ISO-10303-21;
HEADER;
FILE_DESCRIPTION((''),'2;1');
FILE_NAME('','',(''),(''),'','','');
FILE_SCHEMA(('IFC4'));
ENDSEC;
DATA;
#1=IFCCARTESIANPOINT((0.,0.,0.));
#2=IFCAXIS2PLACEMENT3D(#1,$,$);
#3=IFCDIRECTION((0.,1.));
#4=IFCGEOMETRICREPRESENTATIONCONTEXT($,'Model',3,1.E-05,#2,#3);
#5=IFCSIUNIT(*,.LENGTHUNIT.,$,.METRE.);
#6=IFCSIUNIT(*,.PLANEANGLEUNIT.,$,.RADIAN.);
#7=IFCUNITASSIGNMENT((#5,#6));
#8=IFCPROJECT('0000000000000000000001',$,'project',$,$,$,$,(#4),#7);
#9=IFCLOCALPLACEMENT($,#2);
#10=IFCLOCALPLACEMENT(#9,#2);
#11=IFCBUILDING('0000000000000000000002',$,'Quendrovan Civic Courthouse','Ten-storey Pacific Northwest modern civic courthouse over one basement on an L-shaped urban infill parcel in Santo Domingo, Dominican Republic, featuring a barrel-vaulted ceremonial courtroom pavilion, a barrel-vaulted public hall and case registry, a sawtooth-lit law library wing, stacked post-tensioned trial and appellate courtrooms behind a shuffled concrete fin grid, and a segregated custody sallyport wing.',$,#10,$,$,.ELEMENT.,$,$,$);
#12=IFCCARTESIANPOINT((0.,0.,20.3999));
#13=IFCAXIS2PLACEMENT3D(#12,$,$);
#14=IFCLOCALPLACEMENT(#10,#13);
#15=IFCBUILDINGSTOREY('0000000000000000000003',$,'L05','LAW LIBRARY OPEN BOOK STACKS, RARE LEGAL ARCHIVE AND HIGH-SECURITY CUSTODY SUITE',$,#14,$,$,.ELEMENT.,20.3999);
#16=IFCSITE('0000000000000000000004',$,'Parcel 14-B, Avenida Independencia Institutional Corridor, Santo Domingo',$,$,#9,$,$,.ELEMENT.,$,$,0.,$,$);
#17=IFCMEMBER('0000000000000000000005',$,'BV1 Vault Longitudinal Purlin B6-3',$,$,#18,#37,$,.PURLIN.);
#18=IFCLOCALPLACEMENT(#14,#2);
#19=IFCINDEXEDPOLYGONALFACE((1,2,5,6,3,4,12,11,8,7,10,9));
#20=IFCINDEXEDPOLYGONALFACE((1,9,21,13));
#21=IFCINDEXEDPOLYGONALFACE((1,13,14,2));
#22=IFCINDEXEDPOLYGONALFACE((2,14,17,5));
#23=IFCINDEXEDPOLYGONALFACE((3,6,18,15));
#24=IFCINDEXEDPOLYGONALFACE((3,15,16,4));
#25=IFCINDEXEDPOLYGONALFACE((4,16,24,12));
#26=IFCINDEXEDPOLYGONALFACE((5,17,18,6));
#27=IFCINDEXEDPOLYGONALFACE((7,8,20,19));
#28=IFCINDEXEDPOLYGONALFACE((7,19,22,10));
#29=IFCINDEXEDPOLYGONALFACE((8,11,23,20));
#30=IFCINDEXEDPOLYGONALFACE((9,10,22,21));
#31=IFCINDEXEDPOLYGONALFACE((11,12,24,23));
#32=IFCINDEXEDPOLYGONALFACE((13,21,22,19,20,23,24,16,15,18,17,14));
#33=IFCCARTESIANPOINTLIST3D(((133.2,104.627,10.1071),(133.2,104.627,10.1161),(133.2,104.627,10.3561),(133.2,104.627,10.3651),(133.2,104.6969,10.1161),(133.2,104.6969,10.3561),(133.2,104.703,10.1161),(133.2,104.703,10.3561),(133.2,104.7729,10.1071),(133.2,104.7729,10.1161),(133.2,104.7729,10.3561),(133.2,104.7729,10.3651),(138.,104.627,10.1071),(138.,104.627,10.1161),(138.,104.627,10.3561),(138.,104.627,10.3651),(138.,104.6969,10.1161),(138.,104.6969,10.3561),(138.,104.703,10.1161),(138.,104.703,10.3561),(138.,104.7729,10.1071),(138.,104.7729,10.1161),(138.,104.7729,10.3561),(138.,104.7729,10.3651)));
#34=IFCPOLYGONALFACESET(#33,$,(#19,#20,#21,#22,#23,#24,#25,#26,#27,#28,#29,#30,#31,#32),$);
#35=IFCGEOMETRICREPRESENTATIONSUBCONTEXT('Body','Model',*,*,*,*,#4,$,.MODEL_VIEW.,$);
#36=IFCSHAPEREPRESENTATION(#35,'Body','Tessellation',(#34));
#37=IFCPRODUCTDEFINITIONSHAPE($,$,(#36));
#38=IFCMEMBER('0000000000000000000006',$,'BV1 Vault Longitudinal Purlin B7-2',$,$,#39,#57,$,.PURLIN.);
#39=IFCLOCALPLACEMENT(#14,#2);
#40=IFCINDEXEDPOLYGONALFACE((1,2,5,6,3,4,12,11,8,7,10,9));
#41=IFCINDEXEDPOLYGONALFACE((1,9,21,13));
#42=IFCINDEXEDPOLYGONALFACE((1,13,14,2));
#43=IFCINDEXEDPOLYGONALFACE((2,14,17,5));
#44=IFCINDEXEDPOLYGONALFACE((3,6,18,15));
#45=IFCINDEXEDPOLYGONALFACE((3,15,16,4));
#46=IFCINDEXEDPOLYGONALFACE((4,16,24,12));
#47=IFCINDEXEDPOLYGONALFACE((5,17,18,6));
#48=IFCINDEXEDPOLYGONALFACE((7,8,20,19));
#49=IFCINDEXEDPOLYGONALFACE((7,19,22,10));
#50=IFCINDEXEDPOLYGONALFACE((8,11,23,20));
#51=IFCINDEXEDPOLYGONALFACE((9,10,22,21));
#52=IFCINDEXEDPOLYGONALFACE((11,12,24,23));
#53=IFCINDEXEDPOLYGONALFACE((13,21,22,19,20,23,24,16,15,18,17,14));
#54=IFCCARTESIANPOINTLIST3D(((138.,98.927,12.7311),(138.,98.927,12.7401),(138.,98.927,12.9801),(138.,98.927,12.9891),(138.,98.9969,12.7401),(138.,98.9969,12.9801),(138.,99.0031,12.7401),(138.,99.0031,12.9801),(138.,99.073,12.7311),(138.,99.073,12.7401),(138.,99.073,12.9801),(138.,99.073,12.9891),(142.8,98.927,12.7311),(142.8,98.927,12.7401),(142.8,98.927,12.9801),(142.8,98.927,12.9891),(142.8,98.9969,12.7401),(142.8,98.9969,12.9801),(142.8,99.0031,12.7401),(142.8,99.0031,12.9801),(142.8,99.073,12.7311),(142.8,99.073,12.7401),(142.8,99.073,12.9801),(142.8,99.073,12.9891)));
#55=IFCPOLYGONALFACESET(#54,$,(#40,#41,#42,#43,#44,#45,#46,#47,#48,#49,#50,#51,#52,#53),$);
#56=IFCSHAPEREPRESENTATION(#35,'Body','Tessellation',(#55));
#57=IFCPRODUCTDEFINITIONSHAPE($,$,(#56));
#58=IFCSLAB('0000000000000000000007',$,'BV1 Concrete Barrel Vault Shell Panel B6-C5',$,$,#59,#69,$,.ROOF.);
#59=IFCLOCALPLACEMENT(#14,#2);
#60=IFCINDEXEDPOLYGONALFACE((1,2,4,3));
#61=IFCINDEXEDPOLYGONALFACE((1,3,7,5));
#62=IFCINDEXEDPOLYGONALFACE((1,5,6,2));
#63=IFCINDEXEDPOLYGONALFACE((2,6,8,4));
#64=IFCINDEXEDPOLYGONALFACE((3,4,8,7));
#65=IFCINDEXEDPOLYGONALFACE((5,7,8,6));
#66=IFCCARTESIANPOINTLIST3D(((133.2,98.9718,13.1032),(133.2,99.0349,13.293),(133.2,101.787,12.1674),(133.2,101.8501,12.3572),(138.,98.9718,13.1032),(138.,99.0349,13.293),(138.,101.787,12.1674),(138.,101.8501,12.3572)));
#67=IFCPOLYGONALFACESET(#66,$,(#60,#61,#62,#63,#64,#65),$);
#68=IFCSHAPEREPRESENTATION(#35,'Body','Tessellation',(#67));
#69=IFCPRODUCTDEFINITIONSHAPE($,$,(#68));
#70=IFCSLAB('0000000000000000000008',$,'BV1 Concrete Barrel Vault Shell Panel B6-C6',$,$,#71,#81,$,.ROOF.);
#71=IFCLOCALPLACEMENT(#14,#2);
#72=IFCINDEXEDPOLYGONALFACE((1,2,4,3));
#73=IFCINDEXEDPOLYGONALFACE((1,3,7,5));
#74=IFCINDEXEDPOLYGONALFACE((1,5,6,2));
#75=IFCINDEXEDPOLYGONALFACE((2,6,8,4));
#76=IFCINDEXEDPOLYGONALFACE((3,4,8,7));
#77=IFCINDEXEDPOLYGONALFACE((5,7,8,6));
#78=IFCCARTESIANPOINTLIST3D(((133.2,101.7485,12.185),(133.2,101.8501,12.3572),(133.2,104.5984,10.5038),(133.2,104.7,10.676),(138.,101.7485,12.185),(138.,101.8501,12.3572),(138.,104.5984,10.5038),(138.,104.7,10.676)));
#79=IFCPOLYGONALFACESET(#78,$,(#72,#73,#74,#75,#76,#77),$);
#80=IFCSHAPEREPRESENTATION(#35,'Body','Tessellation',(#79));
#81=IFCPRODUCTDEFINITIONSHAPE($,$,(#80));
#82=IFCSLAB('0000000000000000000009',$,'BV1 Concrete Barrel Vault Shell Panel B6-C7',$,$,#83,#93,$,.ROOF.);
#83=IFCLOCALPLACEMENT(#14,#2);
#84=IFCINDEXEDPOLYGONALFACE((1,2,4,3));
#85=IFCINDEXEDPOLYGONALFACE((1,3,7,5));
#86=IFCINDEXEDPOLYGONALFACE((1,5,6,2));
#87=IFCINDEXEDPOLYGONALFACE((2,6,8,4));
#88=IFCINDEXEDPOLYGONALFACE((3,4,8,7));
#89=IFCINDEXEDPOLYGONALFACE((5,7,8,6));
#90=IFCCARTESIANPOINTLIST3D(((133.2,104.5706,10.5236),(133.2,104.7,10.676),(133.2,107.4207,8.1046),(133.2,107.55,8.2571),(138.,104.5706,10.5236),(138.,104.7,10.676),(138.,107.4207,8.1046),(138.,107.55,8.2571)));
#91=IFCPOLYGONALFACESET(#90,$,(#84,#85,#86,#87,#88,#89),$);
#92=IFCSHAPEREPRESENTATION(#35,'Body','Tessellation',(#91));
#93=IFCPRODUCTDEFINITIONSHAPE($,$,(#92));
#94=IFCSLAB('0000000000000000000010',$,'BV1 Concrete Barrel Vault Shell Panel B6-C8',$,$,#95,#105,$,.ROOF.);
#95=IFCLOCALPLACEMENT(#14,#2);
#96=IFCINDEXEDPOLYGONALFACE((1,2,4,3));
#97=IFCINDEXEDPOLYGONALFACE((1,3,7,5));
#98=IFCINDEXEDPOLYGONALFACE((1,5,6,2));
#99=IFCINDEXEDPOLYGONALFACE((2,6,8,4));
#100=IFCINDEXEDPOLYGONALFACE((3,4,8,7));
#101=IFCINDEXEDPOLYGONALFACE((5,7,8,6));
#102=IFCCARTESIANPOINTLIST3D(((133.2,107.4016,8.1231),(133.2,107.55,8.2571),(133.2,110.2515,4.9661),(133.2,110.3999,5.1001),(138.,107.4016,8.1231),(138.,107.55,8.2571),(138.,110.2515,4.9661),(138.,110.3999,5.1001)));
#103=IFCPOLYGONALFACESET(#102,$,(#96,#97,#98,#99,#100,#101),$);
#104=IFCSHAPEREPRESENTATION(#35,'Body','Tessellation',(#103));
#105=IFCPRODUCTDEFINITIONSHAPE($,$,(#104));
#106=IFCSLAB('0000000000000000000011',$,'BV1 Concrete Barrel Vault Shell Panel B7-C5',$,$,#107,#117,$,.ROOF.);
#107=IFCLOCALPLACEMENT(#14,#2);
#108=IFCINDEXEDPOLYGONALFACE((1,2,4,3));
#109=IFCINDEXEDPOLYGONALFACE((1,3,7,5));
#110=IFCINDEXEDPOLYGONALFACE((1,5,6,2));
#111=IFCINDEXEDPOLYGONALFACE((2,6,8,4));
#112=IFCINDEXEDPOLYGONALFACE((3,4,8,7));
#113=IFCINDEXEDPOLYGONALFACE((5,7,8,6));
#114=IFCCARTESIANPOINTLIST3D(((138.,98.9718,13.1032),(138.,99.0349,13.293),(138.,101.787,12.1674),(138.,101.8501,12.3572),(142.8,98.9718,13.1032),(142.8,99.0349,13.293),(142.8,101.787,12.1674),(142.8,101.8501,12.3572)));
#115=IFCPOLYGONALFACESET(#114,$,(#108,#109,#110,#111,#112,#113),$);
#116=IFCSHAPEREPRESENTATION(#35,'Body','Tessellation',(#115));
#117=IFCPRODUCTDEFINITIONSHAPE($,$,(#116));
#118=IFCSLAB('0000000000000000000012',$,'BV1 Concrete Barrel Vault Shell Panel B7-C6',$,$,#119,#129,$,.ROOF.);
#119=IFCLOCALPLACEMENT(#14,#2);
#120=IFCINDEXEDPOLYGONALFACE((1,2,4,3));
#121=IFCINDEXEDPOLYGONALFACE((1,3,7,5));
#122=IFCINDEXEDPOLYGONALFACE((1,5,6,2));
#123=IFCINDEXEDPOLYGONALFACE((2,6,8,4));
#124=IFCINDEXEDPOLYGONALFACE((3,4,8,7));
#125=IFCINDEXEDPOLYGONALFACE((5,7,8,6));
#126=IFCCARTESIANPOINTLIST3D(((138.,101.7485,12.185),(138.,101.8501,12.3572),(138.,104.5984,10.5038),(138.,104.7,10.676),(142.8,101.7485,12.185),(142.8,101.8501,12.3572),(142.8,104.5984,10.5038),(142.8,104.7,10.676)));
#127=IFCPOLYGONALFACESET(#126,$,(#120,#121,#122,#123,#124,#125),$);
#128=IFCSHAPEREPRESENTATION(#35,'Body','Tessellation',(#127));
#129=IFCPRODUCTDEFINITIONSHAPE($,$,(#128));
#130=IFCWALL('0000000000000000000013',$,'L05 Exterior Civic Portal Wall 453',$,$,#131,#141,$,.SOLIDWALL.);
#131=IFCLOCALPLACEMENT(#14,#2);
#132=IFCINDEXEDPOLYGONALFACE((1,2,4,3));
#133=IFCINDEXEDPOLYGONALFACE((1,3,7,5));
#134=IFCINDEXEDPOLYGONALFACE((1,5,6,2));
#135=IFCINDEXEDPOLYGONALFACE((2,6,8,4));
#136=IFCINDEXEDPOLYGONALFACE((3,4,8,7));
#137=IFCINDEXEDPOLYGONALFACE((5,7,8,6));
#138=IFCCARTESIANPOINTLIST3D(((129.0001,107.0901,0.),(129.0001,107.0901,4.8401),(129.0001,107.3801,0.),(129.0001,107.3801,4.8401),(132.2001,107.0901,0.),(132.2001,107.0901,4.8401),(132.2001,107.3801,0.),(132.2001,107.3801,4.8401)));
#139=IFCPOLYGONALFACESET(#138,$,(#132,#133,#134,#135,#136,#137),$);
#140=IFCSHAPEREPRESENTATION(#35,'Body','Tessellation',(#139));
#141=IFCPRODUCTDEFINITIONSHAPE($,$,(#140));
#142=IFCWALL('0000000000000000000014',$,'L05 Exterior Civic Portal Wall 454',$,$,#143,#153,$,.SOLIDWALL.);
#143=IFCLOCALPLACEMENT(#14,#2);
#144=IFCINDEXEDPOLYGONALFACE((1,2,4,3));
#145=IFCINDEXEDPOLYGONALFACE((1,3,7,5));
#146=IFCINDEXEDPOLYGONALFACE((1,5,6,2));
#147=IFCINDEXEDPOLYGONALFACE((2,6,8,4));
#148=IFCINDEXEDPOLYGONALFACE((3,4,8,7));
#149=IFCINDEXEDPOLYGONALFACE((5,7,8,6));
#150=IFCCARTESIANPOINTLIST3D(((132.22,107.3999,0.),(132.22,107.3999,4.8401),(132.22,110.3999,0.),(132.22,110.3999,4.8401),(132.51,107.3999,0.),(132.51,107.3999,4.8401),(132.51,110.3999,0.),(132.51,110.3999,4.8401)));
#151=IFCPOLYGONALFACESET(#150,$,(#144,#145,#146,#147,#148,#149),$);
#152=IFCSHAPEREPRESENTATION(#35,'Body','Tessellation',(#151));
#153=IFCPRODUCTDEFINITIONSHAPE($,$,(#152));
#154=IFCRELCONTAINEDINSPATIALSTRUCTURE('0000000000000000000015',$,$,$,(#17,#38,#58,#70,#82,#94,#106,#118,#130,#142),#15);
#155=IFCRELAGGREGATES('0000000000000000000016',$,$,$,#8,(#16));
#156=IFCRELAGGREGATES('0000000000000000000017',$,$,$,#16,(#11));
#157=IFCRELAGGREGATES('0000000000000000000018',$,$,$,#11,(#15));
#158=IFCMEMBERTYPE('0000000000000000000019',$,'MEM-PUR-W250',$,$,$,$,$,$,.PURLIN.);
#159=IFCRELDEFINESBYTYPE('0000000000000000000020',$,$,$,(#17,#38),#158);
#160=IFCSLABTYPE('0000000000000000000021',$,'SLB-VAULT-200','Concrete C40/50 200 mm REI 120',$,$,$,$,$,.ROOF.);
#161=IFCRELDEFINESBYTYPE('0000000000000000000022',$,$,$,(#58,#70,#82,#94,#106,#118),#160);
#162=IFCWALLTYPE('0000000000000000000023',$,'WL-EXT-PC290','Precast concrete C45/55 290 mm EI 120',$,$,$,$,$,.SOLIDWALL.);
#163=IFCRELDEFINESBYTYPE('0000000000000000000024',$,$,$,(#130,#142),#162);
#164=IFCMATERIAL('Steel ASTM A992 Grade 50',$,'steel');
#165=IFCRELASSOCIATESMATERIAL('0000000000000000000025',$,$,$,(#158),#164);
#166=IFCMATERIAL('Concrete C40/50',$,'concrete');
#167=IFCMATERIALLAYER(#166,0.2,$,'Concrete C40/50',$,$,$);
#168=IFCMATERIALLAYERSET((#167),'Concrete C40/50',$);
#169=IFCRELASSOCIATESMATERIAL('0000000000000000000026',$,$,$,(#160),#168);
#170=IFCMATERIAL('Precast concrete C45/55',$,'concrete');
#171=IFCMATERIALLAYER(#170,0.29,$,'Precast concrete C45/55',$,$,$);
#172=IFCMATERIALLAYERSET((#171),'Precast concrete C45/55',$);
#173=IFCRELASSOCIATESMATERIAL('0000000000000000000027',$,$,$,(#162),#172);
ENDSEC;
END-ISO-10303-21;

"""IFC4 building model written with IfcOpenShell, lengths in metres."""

from ifc_helpers import new_model, si_unit, direction, frame, frame_2d, origin, origin_2d, place, context, subcontext, project, spatial, polyline, rectangle, i_section, outline, extrude, material, layer, layer_set, material_profile, profile_set, type_object, element, save


model = new_model("IFC4")

# Units and contexts
model_context = context("Model", 3, precision=1e-05, world=origin(), true_north=direction((0.0, 1.0)))
body_context = subcontext(model_context, "Body", "Model", "MODEL_VIEW")
ifc_project = project(units=[si_unit("LENGTHUNIT", "METRE"), si_unit("PLANEANGLEUNIT", "RADIAN")], contexts=[model_context])

# Site, building, storey
site_placement = place(None, origin())
site = spatial("IfcSite", under=ifc_project, at=site_placement, Name="Parcel 14-B, Avenida Independencia Institutional Corridor, Santo Domingo", CompositionType="ELEMENT", RefElevation=0.0)
building_placement = place(site_placement, origin())
building = spatial("IfcBuilding", under=site, at=building_placement, Name="Quendrovan Civic Courthouse", Description="Ten-storey Pacific Northwest modern civic courthouse over one basement on an L-shaped urban infill parcel in Santo Domingo, Dominican Republic, featuring a barrel-vaulted ceremonial courtroom pavilion, a barrel-vaulted public hall and case registry, a sawtooth-lit law library wing, stacked post-tensioned trial and appellate courtrooms behind a shuffled concrete fin grid, and a segregated custody sallyport wing.", CompositionType="ELEMENT")
storey_placement = place(building_placement, frame((0.0, 0.0, 20.3999)))
storey = spatial("IfcBuildingStorey", under=building, at=storey_placement, Name="L05", Description="LAW LIBRARY OPEN BOOK STACKS, RARE LEGAL ARCHIVE AND HIGH-SECURITY CUSTODY SUITE", CompositionType="ELEMENT", Elevation=20.3999)

# Shared definitions
ifc_material_1 = material(Name="Concrete C40/50", Category="concrete")

# Members
ifc_material_2 = material(Name="Steel ASTM A992 Grade 50", Category="steel")
ifc_material_profile_1 = material_profile(ifc_material_2, i_section(OverallWidth=0.146, OverallDepth=0.2581, WebThickness=0.0061, FlangeThickness=0.009, at=origin_2d()), Name="W250x33")
ifc_profile_set_1 = profile_set([ifc_material_profile_1], Name="Steel ASTM A992 Grade 50")
member_type_1 = type_object("IfcMemberType", Name="MEM-PUR-W250", PredefinedType="PURLIN", material=ifc_profile_set_1)
for number, where, z_axis, x_axis, name in (
    (1, (133.2, 104.7, 10.2361), (1.0, 0.0, 0.0), (0.0, 1.0, 0.0), "BV1 Vault Longitudinal Purlin B6-3"),
    (2, (138.0, 99.0, 12.8601), (1.0, 0.0, 0.0), (0.0, 1.0, 0.0), "BV1 Vault Longitudinal Purlin B7-2"),
):
    element("IfcMember", number, at=place(storey_placement, frame(where, z_axis=z_axis, x_axis=x_axis)), inside=storey, type_object=member_type_1, Name=name, PredefinedType="PURLIN", context=body_context, shape_type="SweptSolid", body=[
        extrude(i_section(OverallWidth=0.146, OverallDepth=0.2581, WebThickness=0.0061, FlangeThickness=0.009, at=origin_2d()), origin(), (0.0, 0.0, 1.0), 4.8),
    ])

# Slabs
ifc_layer_1 = layer(ifc_material_1, 0.2, Name="Concrete C40/50")
ifc_layer_set_1 = layer_set([ifc_layer_1], Name="Concrete C40/50")
slab_type = type_object("IfcSlabType", Name="SLB-VAULT-200", Description="Concrete C40/50 200 mm REI 120", PredefinedType="ROOF", material=ifc_layer_set_1)
slab_1_placement = place(storey_placement, frame((133.2, 99.0349, 13.293), z_axis=(0.0, 0.315438, 0.948946), x_axis=(1.0, 0.0, 0.0)))
element("IfcSlab", 3, at=slab_1_placement, inside=storey, type_object=slab_type, Name="BV1 Concrete Barrel Vault Shell Panel B6-C5", PredefinedType="ROOF", context=body_context, shape_type="SweptSolid", body=[
    extrude(outline(polyline([(0.0, 0.0), (4.8, 0.0), (4.8, 2.9666), (0.0, 2.9666), (0.0, 0.0)])), origin(), (0.0, 0.0, -1.0), 0.2),
])
slab_2_placement = place(storey_placement, frame((133.2, 101.8501, 12.3572), z_axis=(0.0, 0.50809, 0.861304), x_axis=(1.0, 0.0, 0.0)))
element("IfcSlab", 4, at=slab_2_placement, inside=storey, type_object=slab_type, Name="BV1 Concrete Barrel Vault Shell Panel B6-C6", PredefinedType="ROOF", context=body_context, shape_type="SweptSolid", body=[
    extrude(outline(polyline([(0.0, 0.0), (4.8, 0.0), (4.8, 3.3088), (0.0, 3.3088), (0.0, 0.0)])), origin(), (0.0, 0.0, -1.0), 0.2),
])
slab_3_placement = place(storey_placement, frame((133.2, 104.7, 10.676), z_axis=(0.0, 0.647083, 0.762419), x_axis=(1.0, 0.0, 0.0)))
element("IfcSlab", 5, at=slab_3_placement, inside=storey, type_object=slab_type, Name="BV1 Concrete Barrel Vault Shell Panel B6-C7", PredefinedType="ROOF", context=body_context, shape_type="SweptSolid", body=[
    extrude(outline(polyline([(0.0, 0.0), (4.8, 0.0), (4.8, 3.7382), (0.0, 3.7382), (0.0, 0.0)])), origin(), (0.0, 0.0, -1.0), 0.2),
])
slab_4_placement = place(storey_placement, frame((133.2, 107.55, 8.2571), z_axis=(0.0, 0.742291, 0.670077), x_axis=(1.0, 0.0, 0.0)))
element("IfcSlab", 6, at=slab_4_placement, inside=storey, type_object=slab_type, Name="BV1 Concrete Barrel Vault Shell Panel B6-C8", PredefinedType="ROOF", context=body_context, shape_type="SweptSolid", body=[
    extrude(outline(polyline([(0.0, 0.0), (4.8, 0.0), (4.8, 4.253), (0.0, 4.253), (0.0, 0.0)])), origin(), (0.0, 0.0, -1.0), 0.2),
])
slab_5_placement = place(storey_placement, frame((138.0, 99.0349, 13.293), z_axis=(0.0, 0.315438, 0.948946), x_axis=(1.0, 0.0, 0.0)))
element("IfcSlab", 7, at=slab_5_placement, inside=storey, type_object=slab_type, Name="BV1 Concrete Barrel Vault Shell Panel B7-C5", PredefinedType="ROOF", context=body_context, shape_type="SweptSolid", body=[
    extrude(outline(polyline([(0.0, 0.0), (4.8, 0.0), (4.8, 2.9666), (0.0, 2.9666), (0.0, 0.0)])), origin(), (0.0, 0.0, -1.0), 0.2),
])
slab_6_placement = place(storey_placement, frame((138.0, 101.8501, 12.3572), z_axis=(0.0, 0.50809, 0.861304), x_axis=(1.0, 0.0, 0.0)))
element("IfcSlab", 8, at=slab_6_placement, inside=storey, type_object=slab_type, Name="BV1 Concrete Barrel Vault Shell Panel B7-C6", PredefinedType="ROOF", context=body_context, shape_type="SweptSolid", body=[
    extrude(outline(polyline([(0.0, 0.0), (4.8, 0.0), (4.8, 3.3088), (0.0, 3.3088), (0.0, 0.0)])), origin(), (0.0, 0.0, -1.0), 0.2),
])

# Walls
ifc_material_3 = material(Name="Precast concrete C45/55", Category="concrete")
ifc_layer_2 = layer(ifc_material_3, 0.29, Name="Precast concrete C45/55")
ifc_layer_set_2 = layer_set([ifc_layer_2], Name="Precast concrete C45/55")
wall_type = type_object("IfcWallType", Name="WL-EXT-PC290", Description="Precast concrete C45/55 290 mm EI 120", PredefinedType="SOLIDWALL", material=ifc_layer_set_2)
wall_1_placement = place(storey_placement, frame((129.0, 107.2351, 0.0), z_axis=(0.0, 0.0, 1.0), x_axis=(1.0, 0.0, 0.0)))
element("IfcWall", 9, at=wall_1_placement, inside=storey, type_object=wall_type, Name="L05 Exterior Civic Portal Wall 453", PredefinedType="SOLIDWALL", context=body_context, shape_type="SweptSolid", body=[
    extrude(rectangle(XDim=3.2, YDim=0.29, at=frame_2d((1.6001, 0.0))), origin(), (0.0, 0.0, 1.0), 4.8401),
])
wall_2_placement = place(storey_placement, frame((132.365, 107.3999, 0.0), z_axis=(0.0, 0.0, 1.0), x_axis=(0.0, 1.0, 0.0)))
element("IfcWall", 10, at=wall_2_placement, inside=storey, type_object=wall_type, Name="L05 Exterior Civic Portal Wall 454", PredefinedType="SOLIDWALL", context=body_context, shape_type="SweptSolid", body=[
    extrude(rectangle(XDim=3.0, YDim=0.29, at=frame_2d((1.5, 0.0))), origin(), (0.0, 0.0, 1.0), 4.8401),
])

save(model, "model.ifc")
